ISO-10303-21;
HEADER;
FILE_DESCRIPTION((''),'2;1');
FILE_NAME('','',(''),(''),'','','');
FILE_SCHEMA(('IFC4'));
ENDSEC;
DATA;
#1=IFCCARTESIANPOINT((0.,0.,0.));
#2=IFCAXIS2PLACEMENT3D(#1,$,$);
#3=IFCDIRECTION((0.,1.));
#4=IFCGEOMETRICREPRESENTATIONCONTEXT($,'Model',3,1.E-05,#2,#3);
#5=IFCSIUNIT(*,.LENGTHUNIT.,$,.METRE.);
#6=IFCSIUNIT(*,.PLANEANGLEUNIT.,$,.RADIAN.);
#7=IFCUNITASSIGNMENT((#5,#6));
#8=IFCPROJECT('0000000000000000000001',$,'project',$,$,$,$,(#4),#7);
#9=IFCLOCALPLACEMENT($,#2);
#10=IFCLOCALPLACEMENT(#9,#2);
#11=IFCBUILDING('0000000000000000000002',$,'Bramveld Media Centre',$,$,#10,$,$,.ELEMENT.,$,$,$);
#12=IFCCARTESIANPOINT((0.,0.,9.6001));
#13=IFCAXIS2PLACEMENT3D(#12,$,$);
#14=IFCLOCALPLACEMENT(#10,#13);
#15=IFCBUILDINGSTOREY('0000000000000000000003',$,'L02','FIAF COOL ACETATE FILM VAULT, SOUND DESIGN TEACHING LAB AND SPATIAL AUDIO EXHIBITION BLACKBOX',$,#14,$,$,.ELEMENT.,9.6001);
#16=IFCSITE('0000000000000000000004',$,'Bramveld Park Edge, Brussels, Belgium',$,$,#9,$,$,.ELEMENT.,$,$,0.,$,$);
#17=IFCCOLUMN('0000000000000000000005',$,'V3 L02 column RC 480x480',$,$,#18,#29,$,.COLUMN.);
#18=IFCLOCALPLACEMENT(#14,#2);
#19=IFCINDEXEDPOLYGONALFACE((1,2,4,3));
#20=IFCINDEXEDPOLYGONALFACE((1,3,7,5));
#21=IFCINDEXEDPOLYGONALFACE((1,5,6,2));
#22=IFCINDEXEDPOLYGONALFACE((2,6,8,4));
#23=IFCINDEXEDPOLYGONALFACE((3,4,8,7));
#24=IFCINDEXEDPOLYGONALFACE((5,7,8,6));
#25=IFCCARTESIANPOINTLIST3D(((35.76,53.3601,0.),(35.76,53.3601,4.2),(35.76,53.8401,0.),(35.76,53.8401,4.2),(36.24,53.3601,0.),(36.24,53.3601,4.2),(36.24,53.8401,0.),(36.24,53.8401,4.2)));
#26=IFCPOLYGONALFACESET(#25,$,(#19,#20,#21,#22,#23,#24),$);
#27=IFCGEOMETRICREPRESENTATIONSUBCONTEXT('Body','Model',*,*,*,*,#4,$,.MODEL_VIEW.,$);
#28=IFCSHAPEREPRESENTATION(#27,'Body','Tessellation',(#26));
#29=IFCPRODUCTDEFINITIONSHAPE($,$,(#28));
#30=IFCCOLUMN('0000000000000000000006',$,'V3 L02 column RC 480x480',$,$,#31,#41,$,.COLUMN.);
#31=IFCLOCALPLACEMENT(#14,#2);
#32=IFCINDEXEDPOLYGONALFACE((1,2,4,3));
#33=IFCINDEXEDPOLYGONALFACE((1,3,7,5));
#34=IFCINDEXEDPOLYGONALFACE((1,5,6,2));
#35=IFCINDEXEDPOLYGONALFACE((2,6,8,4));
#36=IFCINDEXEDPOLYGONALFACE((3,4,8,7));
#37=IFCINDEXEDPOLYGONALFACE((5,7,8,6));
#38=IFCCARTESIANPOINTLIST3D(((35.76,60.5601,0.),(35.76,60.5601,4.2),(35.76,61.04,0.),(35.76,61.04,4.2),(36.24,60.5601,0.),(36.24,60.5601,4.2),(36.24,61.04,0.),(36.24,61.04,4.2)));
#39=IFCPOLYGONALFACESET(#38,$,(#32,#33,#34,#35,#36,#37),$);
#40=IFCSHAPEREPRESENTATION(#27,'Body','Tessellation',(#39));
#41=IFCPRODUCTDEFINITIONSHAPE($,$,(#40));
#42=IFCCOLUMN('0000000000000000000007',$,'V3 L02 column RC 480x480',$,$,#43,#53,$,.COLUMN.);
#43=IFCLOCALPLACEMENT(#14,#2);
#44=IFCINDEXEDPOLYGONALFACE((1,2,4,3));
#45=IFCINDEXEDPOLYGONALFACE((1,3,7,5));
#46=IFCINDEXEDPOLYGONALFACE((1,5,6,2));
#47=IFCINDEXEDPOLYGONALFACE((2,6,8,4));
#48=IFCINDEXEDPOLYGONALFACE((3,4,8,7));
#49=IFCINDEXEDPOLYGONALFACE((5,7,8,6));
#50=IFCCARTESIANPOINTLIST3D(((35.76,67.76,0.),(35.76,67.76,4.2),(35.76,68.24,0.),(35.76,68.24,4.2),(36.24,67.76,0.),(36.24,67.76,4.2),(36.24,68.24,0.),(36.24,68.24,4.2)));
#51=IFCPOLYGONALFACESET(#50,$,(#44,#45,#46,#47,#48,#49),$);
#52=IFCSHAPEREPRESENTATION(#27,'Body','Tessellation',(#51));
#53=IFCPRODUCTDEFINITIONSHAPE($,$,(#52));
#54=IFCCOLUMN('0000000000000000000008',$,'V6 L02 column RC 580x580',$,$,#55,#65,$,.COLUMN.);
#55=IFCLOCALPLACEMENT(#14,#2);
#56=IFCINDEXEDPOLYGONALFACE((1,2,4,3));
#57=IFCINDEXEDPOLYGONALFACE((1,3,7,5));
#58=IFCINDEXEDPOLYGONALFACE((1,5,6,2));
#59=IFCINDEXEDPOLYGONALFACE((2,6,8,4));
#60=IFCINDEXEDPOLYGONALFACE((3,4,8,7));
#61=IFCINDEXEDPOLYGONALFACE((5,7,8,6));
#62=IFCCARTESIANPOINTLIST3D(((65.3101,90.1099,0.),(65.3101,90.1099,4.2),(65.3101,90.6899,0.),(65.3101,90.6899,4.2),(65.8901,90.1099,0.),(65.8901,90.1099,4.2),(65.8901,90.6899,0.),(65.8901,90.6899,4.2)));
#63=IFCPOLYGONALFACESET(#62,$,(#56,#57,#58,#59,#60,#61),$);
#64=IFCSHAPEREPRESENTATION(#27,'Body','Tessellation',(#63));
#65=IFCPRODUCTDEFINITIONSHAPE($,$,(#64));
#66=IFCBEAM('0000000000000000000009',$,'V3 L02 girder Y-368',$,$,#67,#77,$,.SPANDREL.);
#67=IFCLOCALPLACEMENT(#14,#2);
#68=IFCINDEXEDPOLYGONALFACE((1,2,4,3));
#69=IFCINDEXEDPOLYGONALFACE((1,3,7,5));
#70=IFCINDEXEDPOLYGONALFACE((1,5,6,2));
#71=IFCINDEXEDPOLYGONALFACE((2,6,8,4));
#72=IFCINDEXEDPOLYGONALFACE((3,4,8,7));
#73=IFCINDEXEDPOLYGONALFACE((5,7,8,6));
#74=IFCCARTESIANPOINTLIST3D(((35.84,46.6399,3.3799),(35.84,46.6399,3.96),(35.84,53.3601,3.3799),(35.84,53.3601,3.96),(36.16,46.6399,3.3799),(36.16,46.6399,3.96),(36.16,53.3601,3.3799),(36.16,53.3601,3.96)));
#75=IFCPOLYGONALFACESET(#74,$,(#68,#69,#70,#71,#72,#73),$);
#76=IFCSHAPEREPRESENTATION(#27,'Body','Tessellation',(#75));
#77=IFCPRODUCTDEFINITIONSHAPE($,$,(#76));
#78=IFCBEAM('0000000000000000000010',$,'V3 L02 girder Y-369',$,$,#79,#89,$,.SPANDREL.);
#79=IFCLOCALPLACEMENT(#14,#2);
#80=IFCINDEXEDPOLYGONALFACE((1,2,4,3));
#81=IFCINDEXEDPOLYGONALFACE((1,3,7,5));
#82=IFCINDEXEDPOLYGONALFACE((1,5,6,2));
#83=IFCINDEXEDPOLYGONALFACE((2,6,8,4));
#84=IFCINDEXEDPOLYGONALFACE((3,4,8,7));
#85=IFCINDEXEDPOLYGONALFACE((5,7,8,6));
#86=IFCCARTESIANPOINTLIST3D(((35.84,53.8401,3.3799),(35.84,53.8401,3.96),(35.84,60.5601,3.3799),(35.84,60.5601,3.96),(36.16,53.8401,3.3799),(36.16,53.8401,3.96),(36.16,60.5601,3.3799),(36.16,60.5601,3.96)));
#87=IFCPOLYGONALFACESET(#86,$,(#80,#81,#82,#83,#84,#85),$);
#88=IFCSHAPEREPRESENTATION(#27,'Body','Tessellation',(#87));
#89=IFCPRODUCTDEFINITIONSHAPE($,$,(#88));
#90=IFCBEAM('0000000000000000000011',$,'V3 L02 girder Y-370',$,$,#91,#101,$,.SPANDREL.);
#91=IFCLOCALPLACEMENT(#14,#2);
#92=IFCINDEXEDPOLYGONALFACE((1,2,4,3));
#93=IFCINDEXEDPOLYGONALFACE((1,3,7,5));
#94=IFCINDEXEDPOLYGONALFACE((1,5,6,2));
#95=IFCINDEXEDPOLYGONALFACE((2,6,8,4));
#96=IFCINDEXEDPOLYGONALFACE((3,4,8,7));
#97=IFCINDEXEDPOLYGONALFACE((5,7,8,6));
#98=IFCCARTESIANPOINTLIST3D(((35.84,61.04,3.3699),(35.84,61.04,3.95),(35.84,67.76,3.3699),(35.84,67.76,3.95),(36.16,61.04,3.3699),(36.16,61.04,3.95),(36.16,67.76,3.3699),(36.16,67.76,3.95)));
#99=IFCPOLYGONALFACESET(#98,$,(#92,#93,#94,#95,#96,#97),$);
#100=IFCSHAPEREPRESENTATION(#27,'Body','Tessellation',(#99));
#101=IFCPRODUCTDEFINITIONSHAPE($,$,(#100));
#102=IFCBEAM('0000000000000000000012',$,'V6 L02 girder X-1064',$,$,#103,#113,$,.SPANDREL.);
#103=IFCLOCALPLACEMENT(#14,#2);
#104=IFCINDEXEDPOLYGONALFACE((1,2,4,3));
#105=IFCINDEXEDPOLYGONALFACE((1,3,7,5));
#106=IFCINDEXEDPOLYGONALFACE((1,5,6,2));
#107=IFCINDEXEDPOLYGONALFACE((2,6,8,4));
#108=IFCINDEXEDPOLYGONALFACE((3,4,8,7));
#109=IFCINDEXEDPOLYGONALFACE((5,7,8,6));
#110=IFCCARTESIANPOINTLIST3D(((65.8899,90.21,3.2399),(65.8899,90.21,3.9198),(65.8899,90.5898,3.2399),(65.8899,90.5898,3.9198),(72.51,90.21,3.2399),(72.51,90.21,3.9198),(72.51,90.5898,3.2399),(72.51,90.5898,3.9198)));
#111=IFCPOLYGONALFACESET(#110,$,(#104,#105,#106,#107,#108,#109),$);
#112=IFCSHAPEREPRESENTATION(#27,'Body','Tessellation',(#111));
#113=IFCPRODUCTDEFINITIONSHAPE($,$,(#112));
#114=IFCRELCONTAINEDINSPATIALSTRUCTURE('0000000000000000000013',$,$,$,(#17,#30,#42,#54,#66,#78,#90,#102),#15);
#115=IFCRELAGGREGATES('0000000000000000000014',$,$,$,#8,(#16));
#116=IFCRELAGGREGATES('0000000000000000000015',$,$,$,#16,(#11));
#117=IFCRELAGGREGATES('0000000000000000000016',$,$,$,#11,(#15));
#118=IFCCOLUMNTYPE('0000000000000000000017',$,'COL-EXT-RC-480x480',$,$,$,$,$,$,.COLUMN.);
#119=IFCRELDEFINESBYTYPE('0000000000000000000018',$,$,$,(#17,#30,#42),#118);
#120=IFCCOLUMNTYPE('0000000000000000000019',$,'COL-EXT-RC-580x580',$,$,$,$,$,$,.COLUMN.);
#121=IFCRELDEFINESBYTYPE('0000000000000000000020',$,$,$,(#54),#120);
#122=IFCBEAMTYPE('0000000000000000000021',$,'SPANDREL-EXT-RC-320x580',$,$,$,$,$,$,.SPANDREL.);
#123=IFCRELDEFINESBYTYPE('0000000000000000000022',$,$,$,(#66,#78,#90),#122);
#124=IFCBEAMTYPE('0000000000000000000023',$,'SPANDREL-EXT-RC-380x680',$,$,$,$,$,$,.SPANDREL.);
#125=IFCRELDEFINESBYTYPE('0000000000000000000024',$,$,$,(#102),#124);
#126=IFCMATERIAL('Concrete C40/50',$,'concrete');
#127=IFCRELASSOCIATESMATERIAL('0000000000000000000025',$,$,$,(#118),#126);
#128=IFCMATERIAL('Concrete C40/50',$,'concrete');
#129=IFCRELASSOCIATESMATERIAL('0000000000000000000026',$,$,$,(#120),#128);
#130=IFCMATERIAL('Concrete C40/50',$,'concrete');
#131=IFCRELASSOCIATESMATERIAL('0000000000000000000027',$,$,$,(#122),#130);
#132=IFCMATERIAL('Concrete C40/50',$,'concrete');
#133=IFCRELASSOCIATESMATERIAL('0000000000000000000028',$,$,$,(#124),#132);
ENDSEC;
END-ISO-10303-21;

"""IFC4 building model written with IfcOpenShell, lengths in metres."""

from ifc_helpers import new_model, si_unit, direction, frame, origin, origin_2d, place, context, subcontext, project, spatial, rectangle, extrude, material, material_profile, profile_set, type_object, element, save


model = new_model("IFC4")

# Units and contexts
model_context = context("Model", 3, precision=1e-05, world=origin(), true_north=direction((0.0, 1.0)))
body_context = subcontext(model_context, "Body", "Model", "MODEL_VIEW")
ifc_project = project(units=[si_unit("LENGTHUNIT", "METRE"), si_unit("PLANEANGLEUNIT", "RADIAN")], contexts=[model_context])

# Site, building, storey
site_placement = place(None, origin())
site = spatial("IfcSite", under=ifc_project, at=site_placement, Name="Bramveld Park Edge, Brussels, Belgium", CompositionType="ELEMENT", RefElevation=0.0)
building_placement = place(site_placement, origin())
building = spatial("IfcBuilding", under=site, at=building_placement, Name="Bramveld Media Centre", CompositionType="ELEMENT")
storey_placement = place(building_placement, frame((0.0, 0.0, 9.6001)))
storey = spatial("IfcBuildingStorey", under=building, at=storey_placement, Name="L02", Description="FIAF COOL ACETATE FILM VAULT, SOUND DESIGN TEACHING LAB AND SPATIAL AUDIO EXHIBITION BLACKBOX", CompositionType="ELEMENT", Elevation=9.6001)

# Columns
ifc_material_1 = material(Name="Concrete C40/50", Category="concrete")
ifc_material_profile_1 = material_profile(ifc_material_1, rectangle(XDim=0.48, YDim=0.48, at=origin_2d()), Name="RC 480x480")
ifc_profile_set_1 = profile_set([ifc_material_profile_1], Name="Concrete C40/50")
column_type_1 = type_object("IfcColumnType", Name="COL-EXT-RC-480x480", PredefinedType="COLUMN", material=ifc_profile_set_1)
for number, where, z_axis, x_axis, name in (
    (1, (36.0, 53.6001, 0.0), (0.0, 0.0, 1.0), (1.0, 0.0, 0.0), "V3 L02 column RC 480x480"),
    (2, (36.0, 60.8, 0.0), (0.0, 0.0, 1.0), (1.0, 0.0, 0.0), "V3 L02 column RC 480x480"),
    (3, (36.0, 68.0, 0.0), (0.0, 0.0, 1.0), (1.0, 0.0, 0.0), "V3 L02 column RC 480x480"),
):
    element("IfcColumn", number, at=place(storey_placement, frame(where, z_axis=z_axis, x_axis=x_axis)), inside=storey, type_object=column_type_1, Name=name, PredefinedType="COLUMN", context=body_context, shape_type="SweptSolid", body=[
        extrude(rectangle(XDim=0.48, YDim=0.48, at=origin_2d()), origin(), (0.0, 0.0, 1.0), 4.2),
    ])
ifc_material_2 = material(Name="Concrete C40/50", Category="concrete")
ifc_material_profile_2 = material_profile(ifc_material_2, rectangle(XDim=0.5801, YDim=0.5801, at=origin_2d()), Name="RC 580x580")
ifc_profile_set_2 = profile_set([ifc_material_profile_2], Name="Concrete C40/50")
column_type_2 = type_object("IfcColumnType", Name="COL-EXT-RC-580x580", PredefinedType="COLUMN", material=ifc_profile_set_2)
column_placement = place(storey_placement, frame((65.6001, 90.3999, 0.0), z_axis=(0.0, 0.0, 1.0), x_axis=(1.0, 0.0, 0.0)))
element("IfcColumn", 4, at=column_placement, inside=storey, type_object=column_type_2, Name="V6 L02 column RC 580x580", PredefinedType="COLUMN", context=body_context, shape_type="SweptSolid", body=[
    extrude(rectangle(XDim=0.5801, YDim=0.5801, at=origin_2d()), origin(), (0.0, 0.0, 1.0), 4.2),
])

# Beams
ifc_material_3 = material(Name="Concrete C40/50", Category="concrete")
ifc_material_profile_3 = material_profile(ifc_material_3, rectangle(XDim=0.3201, YDim=0.5801, at=origin_2d()), Name="RC 320x580")
ifc_profile_set_3 = profile_set([ifc_material_profile_3], Name="Concrete C40/50")
beam_type_1 = type_object("IfcBeamType", Name="SPANDREL-EXT-RC-320x580", PredefinedType="SPANDREL", material=ifc_profile_set_3)
beam_1_placement = place(storey_placement, frame((36.0, 46.6399, 3.6699), z_axis=(0.0, 1.0, 0.0), x_axis=(-1.0, 0.0, 0.0)))
element("IfcBeam", 5, at=beam_1_placement, inside=storey, type_object=beam_type_1, Name="V3 L02 girder Y-368", PredefinedType="SPANDREL", context=body_context, shape_type="SweptSolid", body=[
    extrude(rectangle(XDim=0.3201, YDim=0.5801, at=origin_2d()), origin(), (0.0, 0.0, 1.0), 6.7202),
])
for number, where, z_axis, x_axis, name in (
    (6, (36.0, 53.8401, 3.6699), (0.0, 1.0, 0.0), (-1.0, 0.0, 0.0), "V3 L02 girder Y-369"),
    (7, (36.0, 61.04, 3.6599), (0.0, 1.0, 0.0), (-1.0, 0.0, 0.0), "V3 L02 girder Y-370"),
):
    element("IfcBeam", number, at=place(storey_placement, frame(where, z_axis=z_axis, x_axis=x_axis)), inside=storey, type_object=beam_type_1, Name=name, PredefinedType="SPANDREL", context=body_context, shape_type="SweptSolid", body=[
        extrude(rectangle(XDim=0.3201, YDim=0.5801, at=origin_2d()), origin(), (0.0, 0.0, 1.0), 6.72),
    ])
ifc_material_4 = material(Name="Concrete C40/50", Category="concrete")
ifc_material_profile_4 = material_profile(ifc_material_4, rectangle(XDim=0.3799, YDim=0.6799, at=origin_2d()), Name="RC 380x680")
ifc_profile_set_4 = profile_set([ifc_material_profile_4], Name="Concrete C40/50")
beam_type_2 = type_object("IfcBeamType", Name="SPANDREL-EXT-RC-380x680", PredefinedType="SPANDREL", material=ifc_profile_set_4)
beam_2_placement = place(storey_placement, frame((65.8899, 90.3999, 3.5798), z_axis=(1.0, 0.0, 0.0), x_axis=(0.0, 1.0, 0.0)))
element("IfcBeam", 8, at=beam_2_placement, inside=storey, type_object=beam_type_2, Name="V6 L02 girder X-1064", PredefinedType="SPANDREL", context=body_context, shape_type="SweptSolid", body=[
    extrude(rectangle(XDim=0.3799, YDim=0.6799, at=origin_2d()), origin(), (0.0, 0.0, 1.0), 6.6201),
])

save(model, "model.ifc")
